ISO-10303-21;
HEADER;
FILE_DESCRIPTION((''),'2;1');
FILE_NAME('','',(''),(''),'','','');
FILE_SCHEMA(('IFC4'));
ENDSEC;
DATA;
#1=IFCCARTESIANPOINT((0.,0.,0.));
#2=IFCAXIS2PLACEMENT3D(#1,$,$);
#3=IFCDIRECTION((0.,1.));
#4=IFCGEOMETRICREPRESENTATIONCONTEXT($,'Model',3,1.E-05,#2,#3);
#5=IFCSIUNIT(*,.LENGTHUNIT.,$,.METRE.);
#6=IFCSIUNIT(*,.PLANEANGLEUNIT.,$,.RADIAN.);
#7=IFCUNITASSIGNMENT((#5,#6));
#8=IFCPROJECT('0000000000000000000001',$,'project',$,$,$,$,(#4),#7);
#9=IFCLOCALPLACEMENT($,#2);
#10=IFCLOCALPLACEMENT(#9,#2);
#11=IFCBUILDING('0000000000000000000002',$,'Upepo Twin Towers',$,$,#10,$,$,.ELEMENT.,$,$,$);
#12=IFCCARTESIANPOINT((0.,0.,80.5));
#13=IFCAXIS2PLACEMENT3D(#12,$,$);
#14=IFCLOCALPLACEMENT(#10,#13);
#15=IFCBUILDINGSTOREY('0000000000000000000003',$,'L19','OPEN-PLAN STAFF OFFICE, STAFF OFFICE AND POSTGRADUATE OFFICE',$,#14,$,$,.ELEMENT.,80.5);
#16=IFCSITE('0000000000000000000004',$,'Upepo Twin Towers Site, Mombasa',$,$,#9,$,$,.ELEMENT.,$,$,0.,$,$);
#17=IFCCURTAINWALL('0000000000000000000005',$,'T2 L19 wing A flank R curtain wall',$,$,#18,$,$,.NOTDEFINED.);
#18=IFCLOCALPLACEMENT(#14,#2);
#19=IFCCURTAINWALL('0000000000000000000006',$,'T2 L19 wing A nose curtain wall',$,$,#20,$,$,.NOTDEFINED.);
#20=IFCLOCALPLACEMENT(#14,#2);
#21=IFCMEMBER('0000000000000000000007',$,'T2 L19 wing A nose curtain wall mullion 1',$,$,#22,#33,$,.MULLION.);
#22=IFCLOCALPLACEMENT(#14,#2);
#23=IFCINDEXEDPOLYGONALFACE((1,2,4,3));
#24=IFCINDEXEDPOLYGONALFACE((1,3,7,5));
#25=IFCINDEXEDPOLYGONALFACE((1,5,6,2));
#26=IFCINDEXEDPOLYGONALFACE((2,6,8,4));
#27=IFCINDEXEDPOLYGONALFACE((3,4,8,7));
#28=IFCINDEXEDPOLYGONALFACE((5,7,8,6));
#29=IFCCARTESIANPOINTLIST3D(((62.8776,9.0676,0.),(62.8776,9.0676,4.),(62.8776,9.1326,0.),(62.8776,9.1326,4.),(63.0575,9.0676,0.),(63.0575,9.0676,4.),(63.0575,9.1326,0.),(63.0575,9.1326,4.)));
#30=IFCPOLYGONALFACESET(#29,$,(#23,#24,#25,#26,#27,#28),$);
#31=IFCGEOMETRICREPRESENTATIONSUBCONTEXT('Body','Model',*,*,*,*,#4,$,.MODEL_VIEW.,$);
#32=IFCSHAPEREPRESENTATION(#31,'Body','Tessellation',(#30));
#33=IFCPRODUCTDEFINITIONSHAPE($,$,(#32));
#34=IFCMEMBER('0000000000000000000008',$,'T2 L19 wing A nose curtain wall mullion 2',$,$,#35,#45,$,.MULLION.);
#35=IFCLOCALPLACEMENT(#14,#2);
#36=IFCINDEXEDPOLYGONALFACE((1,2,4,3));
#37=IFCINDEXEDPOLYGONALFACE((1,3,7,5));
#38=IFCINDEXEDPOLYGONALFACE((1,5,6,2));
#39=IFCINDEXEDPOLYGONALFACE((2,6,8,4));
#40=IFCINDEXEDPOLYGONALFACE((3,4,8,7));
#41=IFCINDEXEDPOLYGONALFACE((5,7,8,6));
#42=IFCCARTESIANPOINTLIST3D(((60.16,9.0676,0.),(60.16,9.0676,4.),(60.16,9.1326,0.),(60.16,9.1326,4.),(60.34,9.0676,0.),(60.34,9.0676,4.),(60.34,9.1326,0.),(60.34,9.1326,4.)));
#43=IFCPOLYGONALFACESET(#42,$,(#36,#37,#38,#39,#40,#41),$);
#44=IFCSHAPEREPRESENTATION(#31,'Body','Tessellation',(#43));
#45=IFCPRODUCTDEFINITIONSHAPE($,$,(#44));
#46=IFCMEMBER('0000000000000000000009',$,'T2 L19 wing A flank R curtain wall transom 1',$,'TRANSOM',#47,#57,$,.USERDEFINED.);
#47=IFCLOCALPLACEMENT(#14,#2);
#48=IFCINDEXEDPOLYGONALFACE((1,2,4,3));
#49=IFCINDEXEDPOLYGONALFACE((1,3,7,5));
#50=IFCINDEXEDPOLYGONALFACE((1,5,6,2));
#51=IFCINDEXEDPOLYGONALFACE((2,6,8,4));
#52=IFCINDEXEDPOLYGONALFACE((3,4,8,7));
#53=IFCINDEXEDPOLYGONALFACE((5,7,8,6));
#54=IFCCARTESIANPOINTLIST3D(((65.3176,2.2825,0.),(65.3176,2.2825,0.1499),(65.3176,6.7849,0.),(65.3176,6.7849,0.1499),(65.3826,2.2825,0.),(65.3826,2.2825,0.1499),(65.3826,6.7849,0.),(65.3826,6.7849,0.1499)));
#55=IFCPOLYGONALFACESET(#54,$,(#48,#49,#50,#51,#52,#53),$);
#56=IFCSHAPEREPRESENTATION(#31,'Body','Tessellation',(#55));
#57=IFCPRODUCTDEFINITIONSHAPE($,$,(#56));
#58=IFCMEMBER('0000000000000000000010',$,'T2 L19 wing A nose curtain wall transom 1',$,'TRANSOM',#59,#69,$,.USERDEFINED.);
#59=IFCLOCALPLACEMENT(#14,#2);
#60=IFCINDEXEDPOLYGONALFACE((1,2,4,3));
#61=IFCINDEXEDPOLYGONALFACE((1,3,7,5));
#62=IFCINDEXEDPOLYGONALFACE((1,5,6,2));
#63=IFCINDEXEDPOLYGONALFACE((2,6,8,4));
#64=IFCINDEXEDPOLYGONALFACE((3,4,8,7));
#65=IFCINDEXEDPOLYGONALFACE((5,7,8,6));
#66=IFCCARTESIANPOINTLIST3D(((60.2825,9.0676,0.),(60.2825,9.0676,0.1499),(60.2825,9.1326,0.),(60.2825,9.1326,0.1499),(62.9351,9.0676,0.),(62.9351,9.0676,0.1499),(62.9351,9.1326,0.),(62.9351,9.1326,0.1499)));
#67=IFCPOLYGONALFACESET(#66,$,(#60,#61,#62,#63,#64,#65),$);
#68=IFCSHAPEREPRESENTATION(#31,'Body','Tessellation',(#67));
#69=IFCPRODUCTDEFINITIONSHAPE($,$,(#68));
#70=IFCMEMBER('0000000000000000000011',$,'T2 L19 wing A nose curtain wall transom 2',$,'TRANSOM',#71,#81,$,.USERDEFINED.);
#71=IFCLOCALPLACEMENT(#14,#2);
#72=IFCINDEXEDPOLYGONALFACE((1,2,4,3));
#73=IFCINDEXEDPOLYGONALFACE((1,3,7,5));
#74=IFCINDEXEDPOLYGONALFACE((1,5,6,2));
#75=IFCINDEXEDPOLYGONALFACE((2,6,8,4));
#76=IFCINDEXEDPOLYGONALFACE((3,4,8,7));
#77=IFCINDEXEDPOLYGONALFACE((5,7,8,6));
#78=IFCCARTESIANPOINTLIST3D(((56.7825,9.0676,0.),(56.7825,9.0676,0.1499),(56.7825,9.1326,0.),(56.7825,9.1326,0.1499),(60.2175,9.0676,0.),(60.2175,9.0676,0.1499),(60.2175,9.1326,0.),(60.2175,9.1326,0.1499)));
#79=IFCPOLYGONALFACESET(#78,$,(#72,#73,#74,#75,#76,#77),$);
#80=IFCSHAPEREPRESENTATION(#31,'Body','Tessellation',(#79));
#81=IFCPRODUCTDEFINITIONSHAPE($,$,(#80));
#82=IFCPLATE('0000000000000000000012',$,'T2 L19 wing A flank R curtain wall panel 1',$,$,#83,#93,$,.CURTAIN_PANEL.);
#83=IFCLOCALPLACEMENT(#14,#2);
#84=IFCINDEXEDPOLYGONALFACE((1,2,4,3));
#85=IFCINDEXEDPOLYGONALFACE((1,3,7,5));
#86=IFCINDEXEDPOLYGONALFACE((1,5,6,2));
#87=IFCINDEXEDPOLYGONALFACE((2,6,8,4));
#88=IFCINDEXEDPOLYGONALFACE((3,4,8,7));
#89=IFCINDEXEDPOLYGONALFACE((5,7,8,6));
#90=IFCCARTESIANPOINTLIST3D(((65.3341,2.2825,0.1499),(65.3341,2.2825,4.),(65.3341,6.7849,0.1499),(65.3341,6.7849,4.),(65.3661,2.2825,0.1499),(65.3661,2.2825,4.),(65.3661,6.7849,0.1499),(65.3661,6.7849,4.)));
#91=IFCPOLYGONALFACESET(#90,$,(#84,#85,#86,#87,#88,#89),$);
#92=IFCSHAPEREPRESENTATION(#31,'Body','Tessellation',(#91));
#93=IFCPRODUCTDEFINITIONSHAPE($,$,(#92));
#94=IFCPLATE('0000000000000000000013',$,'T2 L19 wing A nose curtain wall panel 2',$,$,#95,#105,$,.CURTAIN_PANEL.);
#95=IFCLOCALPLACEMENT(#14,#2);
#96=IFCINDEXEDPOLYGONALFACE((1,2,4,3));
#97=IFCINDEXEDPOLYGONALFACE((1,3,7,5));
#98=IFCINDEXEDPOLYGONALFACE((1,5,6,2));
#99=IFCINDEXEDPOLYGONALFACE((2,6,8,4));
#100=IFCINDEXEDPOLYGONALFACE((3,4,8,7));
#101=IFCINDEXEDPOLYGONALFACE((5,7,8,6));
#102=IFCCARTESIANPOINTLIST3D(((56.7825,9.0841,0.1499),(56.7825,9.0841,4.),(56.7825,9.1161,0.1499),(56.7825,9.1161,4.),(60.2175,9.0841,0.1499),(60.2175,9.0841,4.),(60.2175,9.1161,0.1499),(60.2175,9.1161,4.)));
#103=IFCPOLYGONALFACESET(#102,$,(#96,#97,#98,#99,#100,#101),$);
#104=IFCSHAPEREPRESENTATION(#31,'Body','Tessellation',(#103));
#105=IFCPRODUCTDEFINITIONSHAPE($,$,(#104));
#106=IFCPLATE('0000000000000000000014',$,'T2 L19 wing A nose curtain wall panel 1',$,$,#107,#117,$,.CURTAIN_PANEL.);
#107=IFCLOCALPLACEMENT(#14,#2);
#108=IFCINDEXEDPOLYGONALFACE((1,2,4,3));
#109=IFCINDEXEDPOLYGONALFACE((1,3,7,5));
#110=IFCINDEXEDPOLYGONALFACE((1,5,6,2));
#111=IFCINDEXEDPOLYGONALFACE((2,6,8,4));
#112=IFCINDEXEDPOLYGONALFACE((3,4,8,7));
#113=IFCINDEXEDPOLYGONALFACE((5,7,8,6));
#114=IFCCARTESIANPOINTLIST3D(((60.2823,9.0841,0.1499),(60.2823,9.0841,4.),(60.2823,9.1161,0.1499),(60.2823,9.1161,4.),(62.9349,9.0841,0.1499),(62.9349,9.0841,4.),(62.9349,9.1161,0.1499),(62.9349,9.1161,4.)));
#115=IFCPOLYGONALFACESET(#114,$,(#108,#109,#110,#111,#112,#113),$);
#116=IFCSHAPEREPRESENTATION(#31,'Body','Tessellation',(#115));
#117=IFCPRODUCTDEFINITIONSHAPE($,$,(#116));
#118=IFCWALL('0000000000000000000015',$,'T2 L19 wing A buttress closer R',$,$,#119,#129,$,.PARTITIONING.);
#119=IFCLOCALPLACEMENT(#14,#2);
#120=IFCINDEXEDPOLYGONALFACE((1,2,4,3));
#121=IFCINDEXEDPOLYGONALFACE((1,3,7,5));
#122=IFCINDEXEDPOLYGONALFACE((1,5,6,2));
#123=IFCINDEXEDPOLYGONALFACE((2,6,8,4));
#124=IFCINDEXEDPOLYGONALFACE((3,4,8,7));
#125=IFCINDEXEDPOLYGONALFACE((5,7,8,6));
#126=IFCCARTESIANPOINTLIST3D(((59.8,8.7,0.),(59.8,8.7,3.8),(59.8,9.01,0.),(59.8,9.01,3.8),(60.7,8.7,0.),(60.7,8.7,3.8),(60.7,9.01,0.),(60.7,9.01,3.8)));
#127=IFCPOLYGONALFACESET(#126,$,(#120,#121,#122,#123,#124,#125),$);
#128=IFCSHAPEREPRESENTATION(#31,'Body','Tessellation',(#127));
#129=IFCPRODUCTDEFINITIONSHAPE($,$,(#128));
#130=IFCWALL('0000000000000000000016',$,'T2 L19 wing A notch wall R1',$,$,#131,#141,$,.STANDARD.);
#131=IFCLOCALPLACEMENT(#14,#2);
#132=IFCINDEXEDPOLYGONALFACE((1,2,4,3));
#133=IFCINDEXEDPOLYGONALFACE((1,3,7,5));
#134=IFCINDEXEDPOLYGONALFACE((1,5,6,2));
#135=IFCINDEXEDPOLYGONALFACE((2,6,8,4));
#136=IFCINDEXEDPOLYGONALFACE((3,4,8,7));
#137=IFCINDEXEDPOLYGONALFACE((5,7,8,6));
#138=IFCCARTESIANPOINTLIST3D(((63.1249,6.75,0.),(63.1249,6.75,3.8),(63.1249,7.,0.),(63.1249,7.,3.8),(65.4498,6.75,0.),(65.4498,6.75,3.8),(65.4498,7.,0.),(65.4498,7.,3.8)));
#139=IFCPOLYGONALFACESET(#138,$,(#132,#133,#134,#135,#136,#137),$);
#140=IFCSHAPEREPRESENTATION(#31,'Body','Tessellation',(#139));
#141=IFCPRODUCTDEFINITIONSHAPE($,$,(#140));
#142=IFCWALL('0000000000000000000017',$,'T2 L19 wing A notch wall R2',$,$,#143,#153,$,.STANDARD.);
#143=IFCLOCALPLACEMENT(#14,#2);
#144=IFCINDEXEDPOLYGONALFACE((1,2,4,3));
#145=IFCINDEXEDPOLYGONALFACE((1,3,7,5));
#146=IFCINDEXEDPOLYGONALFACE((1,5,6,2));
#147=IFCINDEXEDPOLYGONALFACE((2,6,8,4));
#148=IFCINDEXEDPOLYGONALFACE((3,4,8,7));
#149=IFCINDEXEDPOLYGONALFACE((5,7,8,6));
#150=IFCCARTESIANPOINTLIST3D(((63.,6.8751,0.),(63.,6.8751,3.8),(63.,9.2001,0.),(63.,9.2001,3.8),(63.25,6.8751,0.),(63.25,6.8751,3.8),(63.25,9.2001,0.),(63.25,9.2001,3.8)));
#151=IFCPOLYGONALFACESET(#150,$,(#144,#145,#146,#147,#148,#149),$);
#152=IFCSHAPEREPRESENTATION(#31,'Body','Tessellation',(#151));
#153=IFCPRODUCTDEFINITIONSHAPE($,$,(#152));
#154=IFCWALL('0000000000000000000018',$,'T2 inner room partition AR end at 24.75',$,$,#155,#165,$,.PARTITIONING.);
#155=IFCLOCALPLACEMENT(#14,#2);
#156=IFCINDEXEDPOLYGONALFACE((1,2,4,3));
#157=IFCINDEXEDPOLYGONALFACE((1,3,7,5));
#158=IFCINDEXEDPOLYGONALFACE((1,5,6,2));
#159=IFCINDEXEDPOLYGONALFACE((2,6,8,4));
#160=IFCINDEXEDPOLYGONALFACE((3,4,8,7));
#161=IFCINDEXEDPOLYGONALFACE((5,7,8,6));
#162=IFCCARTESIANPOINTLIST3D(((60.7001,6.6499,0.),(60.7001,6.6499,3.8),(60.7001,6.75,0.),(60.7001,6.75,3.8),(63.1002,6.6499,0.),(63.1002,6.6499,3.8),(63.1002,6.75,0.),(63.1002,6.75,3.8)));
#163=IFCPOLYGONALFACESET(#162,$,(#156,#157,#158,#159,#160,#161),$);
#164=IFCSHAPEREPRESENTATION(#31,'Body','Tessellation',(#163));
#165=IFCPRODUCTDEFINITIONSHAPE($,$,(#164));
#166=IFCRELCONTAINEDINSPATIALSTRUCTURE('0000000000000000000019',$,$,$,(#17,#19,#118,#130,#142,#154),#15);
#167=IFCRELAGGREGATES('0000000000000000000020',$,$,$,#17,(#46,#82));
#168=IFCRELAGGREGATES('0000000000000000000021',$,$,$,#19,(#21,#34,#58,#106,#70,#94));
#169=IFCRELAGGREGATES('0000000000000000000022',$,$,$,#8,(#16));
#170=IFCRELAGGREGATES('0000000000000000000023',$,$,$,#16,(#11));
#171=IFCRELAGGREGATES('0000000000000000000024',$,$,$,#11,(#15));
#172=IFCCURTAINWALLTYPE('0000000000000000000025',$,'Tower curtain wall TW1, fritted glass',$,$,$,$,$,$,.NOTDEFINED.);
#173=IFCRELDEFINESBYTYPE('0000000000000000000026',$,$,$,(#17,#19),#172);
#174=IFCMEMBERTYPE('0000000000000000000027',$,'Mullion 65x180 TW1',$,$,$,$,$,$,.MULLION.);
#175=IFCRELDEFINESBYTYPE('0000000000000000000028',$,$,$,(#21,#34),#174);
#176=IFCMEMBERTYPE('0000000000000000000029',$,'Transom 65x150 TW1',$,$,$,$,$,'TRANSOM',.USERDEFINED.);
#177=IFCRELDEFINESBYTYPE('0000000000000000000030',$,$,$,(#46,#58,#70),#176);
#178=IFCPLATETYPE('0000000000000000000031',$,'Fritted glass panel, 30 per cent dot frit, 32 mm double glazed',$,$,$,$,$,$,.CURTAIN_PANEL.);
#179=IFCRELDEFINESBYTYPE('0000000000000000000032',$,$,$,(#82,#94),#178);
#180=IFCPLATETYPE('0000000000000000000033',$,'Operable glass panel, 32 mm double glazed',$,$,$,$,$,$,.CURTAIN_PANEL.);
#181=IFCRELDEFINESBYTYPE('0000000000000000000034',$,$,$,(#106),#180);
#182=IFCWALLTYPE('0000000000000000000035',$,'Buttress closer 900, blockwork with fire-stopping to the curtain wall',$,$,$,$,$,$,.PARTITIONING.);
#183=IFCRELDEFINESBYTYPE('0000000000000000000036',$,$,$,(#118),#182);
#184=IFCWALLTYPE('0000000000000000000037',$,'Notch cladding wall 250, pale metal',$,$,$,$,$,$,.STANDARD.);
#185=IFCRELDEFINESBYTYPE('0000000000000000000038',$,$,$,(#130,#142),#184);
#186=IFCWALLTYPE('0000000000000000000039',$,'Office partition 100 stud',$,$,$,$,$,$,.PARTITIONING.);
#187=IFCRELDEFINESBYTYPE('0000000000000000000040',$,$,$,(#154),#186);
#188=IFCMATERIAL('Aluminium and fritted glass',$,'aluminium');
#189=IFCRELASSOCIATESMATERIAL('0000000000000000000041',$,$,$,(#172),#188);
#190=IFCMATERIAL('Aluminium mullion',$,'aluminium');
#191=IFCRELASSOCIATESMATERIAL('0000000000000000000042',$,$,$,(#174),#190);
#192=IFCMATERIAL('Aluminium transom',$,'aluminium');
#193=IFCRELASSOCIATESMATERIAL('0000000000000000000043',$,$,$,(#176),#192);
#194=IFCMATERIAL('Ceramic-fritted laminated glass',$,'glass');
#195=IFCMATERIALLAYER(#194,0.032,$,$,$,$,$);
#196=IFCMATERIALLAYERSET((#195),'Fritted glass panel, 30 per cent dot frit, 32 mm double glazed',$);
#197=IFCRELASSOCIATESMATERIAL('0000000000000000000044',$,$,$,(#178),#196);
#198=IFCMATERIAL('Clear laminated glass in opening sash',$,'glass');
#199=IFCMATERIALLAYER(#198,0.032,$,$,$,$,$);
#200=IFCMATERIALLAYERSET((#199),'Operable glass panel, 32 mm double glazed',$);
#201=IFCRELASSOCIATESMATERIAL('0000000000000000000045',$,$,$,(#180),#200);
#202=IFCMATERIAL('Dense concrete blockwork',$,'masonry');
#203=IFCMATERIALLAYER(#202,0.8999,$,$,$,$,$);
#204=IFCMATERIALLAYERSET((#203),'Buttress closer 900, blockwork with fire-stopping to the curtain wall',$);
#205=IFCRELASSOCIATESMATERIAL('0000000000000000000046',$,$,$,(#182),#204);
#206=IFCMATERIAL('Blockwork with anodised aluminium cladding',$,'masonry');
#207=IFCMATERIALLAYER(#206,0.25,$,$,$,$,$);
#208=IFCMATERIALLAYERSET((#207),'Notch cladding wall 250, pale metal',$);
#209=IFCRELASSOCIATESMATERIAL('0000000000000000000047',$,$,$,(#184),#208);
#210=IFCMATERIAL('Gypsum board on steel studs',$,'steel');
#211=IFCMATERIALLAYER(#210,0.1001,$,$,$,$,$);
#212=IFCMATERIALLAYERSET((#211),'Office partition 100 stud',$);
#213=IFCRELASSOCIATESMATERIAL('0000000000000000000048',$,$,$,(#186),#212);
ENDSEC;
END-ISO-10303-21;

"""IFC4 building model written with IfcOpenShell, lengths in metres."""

from ifc_helpers import new_model, si_unit, direction, frame, frame_2d, origin, origin_2d, place, context, subcontext, project, spatial, rectangle, extrude, material, layer, layer_set, material_profile, profile_set, type_object, element, aggregate, save


model = new_model("IFC4")

# Units and contexts
model_context = context("Model", 3, precision=1e-05, world=origin(), true_north=direction((0.0, 1.0)))
body_context = subcontext(model_context, "Body", "Model", "MODEL_VIEW")
ifc_project = project(units=[si_unit("LENGTHUNIT", "METRE"), si_unit("PLANEANGLEUNIT", "RADIAN")], contexts=[model_context])

# Site, building, storey
site_placement = place(None, origin())
site = spatial("IfcSite", under=ifc_project, at=site_placement, Name="Upepo Twin Towers Site, Mombasa", CompositionType="ELEMENT", RefElevation=0.0)
building_placement = place(site_placement, origin())
building = spatial("IfcBuilding", under=site, at=building_placement, Name="Upepo Twin Towers", CompositionType="ELEMENT")
storey_placement = place(building_placement, frame((0.0, 0.0, 80.5)))
storey = spatial("IfcBuildingStorey", under=building, at=storey_placement, Name="L19", Description="OPEN-PLAN STAFF OFFICE, STAFF OFFICE AND POSTGRADUATE OFFICE", CompositionType="ELEMENT", Elevation=80.5)

# Curtain wall
ifc_material_1 = material(Name="Aluminium and fritted glass", Category="aluminium")
curtain_wall_type = type_object("IfcCurtainWallType", Name="Tower curtain wall TW1, fritted glass", PredefinedType="NOTDEFINED", material=ifc_material_1)
curtain_wall_1_placement = place(storey_placement, origin())
curtain_wall_1 = element("IfcCurtainWall", 1, at=curtain_wall_1_placement, inside=storey, type_object=curtain_wall_type, Name="T2 L19 wing A flank R curtain wall", PredefinedType="NOTDEFINED")
ifc_material_2 = material(Name="Aluminium mullion", Category="aluminium")
ifc_material_profile_1 = material_profile(ifc_material_2, rectangle(XDim=0.0649, YDim=0.1799, at=origin_2d()), Name="MULLION 65x180")
ifc_profile_set_1 = profile_set([ifc_material_profile_1], Name="Aluminium mullion")
member_type_1 = type_object("IfcMemberType", Name="Mullion 65x180 TW1", PredefinedType="MULLION", material=ifc_profile_set_1)

# Curtain wall, members
curtain_wall_2_placement = place(storey_placement, origin())
curtain_wall_2 = element("IfcCurtainWall", 2, at=curtain_wall_2_placement, inside=storey, type_object=curtain_wall_type, Name="T2 L19 wing A nose curtain wall", PredefinedType="NOTDEFINED")
member_1_placement = place(storey_placement, frame((62.9675, 9.1001, 0.0), z_axis=(0.0, 0.0, 1.0), x_axis=(0.0, -1.0, 0.0)))
member_1 = element("IfcMember", 3, at=member_1_placement, type_object=member_type_1, Name="T2 L19 wing A nose curtain wall mullion 1", PredefinedType="MULLION", context=body_context, shape_type="SweptSolid", body=[
    extrude(rectangle(XDim=0.0649, YDim=0.1799, at=origin_2d()), origin(), (0.0, 0.0, 1.0), 4.0),
])
member_2_placement = place(storey_placement, frame((60.25, 9.1001, 0.0), z_axis=(0.0, 0.0, 1.0), x_axis=(0.0, -1.0, 0.0)))
member_2 = element("IfcMember", 4, at=member_2_placement, type_object=member_type_1, Name="T2 L19 wing A nose curtain wall mullion 2", PredefinedType="MULLION", context=body_context, shape_type="SweptSolid", body=[
    extrude(rectangle(XDim=0.0649, YDim=0.1799, at=origin_2d()), origin(), (0.0, 0.0, 1.0), 4.0),
])

# Members
ifc_material_3 = material(Name="Aluminium transom", Category="aluminium")
ifc_material_profile_2 = material_profile(ifc_material_3, rectangle(XDim=0.0649, YDim=0.1499, at=origin_2d()), Name="TRANSOM 65x150")
ifc_profile_set_2 = profile_set([ifc_material_profile_2], Name="Aluminium transom")
member_type_2 = type_object("IfcMemberType", Name="Transom 65x150 TW1", ElementType="TRANSOM", PredefinedType="USERDEFINED", material=ifc_profile_set_2)
member_3_placement = place(storey_placement, frame((65.3501, 6.7849, 0.075), z_axis=(0.0, -1.0, 0.0), x_axis=(1.0, 0.0, 0.0)))
member_3 = element("IfcMember", 5, at=member_3_placement, type_object=member_type_2, Name="T2 L19 wing A flank R curtain wall transom 1", ObjectType="TRANSOM", PredefinedType="USERDEFINED", context=body_context, shape_type="SweptSolid", body=[
    extrude(rectangle(XDim=0.0649, YDim=0.1499, at=origin_2d()), origin(), (0.0, 0.0, 1.0), 4.5024),
])
member_4_placement = place(storey_placement, frame((62.9351, 9.1001, 0.075), z_axis=(-1.0, 0.0, 0.0), x_axis=(0.0, -1.0, 0.0)))
member_4 = element("IfcMember", 6, at=member_4_placement, type_object=member_type_2, Name="T2 L19 wing A nose curtain wall transom 1", ObjectType="TRANSOM", PredefinedType="USERDEFINED", context=body_context, shape_type="SweptSolid", body=[
    extrude(rectangle(XDim=0.0649, YDim=0.1499, at=origin_2d()), origin(), (0.0, 0.0, 1.0), 2.6526),
])
member_5_placement = place(storey_placement, frame((60.2175, 9.1001, 0.075), z_axis=(-1.0, 0.0, 0.0), x_axis=(0.0, -1.0, 0.0)))
member_5 = element("IfcMember", 7, at=member_5_placement, type_object=member_type_2, Name="T2 L19 wing A nose curtain wall transom 2", ObjectType="TRANSOM", PredefinedType="USERDEFINED", context=body_context, shape_type="SweptSolid", body=[
    extrude(rectangle(XDim=0.0649, YDim=0.1499, at=origin_2d()), origin(), (0.0, 0.0, 1.0), 3.4351),
])

# Plates
ifc_material_4 = material(Name="Ceramic-fritted laminated glass", Category="glass")
ifc_layer_1 = layer(ifc_material_4, 0.032)
ifc_layer_set_1 = layer_set([ifc_layer_1], Name="Fritted glass panel, 30 per cent dot frit, 32 mm double glazed")
plate_type_1 = type_object("IfcPlateType", Name="Fritted glass panel, 30 per cent dot frit, 32 mm double glazed", PredefinedType="CURTAIN_PANEL", material=ifc_layer_set_1)
plate_1_placement = place(storey_placement, frame((65.3501, 4.5337, 0.1499), z_axis=(0.0, 0.0, 1.0), x_axis=(0.0, -1.0, 0.0)))
plate_1 = element("IfcPlate", 8, at=plate_1_placement, type_object=plate_type_1, Name="T2 L19 wing A flank R curtain wall panel 1", PredefinedType="CURTAIN_PANEL", context=body_context, shape_type="SweptSolid", body=[
    extrude(rectangle(XDim=4.5024, YDim=0.032, at=origin_2d()), origin(), (0.0, 0.0, 1.0), 3.8501),
])
aggregate(curtain_wall_1, [member_3, plate_1])
plate_2_placement = place(storey_placement, frame((58.5, 9.1001, 0.1499), z_axis=(0.0, 0.0, 1.0), x_axis=(-1.0, 0.0, 0.0)))
plate_2 = element("IfcPlate", 9, at=plate_2_placement, type_object=plate_type_1, Name="T2 L19 wing A nose curtain wall panel 2", PredefinedType="CURTAIN_PANEL", context=body_context, shape_type="SweptSolid", body=[
    extrude(rectangle(XDim=3.4351, YDim=0.032, at=origin_2d()), origin(), (0.0, 0.0, 1.0), 3.8501),
])
ifc_material_5 = material(Name="Clear laminated glass in opening sash", Category="glass")
ifc_layer_2 = layer(ifc_material_5, 0.032)
ifc_layer_set_2 = layer_set([ifc_layer_2], Name="Operable glass panel, 32 mm double glazed")
plate_type_2 = type_object("IfcPlateType", Name="Operable glass panel, 32 mm double glazed", PredefinedType="CURTAIN_PANEL", material=ifc_layer_set_2)
plate_3_placement = place(storey_placement, frame((61.6086, 9.1001, 0.1499), z_axis=(0.0, 0.0, 1.0), x_axis=(-1.0, 0.0, 0.0)))
plate_3 = element("IfcPlate", 10, at=plate_3_placement, type_object=plate_type_2, Name="T2 L19 wing A nose curtain wall panel 1", PredefinedType="CURTAIN_PANEL", context=body_context, shape_type="SweptSolid", body=[
    extrude(rectangle(XDim=2.6526, YDim=0.032, at=origin_2d()), origin(), (0.0, 0.0, 1.0), 3.8501),
])
aggregate(curtain_wall_2, [member_1, member_2, member_4, plate_3, member_5, plate_2])

# Walls
ifc_material_6 = material(Name="Dense concrete blockwork", Category="masonry")
ifc_layer_3 = layer(ifc_material_6, 0.8999)
ifc_layer_set_3 = layer_set([ifc_layer_3], Name="Buttress closer 900, blockwork with fire-stopping to the curtain wall")
wall_type_1 = type_object("IfcWallType", Name="Buttress closer 900, blockwork with fire-stopping to the curtain wall", PredefinedType="PARTITIONING", material=ifc_layer_set_3)
wall_1_placement = place(storey_placement, frame((60.25, 8.7, 0.0), z_axis=(0.0, 0.0, 1.0), x_axis=(0.0, 1.0, 0.0)))
element("IfcWall", 11, at=wall_1_placement, inside=storey, type_object=wall_type_1, Name="T2 L19 wing A buttress closer R", PredefinedType="PARTITIONING", context=body_context, shape_type="SweptSolid", body=[
    extrude(rectangle(XDim=0.3101, YDim=0.8999, at=frame_2d((0.155, 0.0))), origin(), (0.0, 0.0, 1.0), 3.8),
])
ifc_material_7 = material(Name="Blockwork with anodised aluminium cladding", Category="masonry")
ifc_layer_4 = layer(ifc_material_7, 0.25)
ifc_layer_set_4 = layer_set([ifc_layer_4], Name="Notch cladding wall 250, pale metal")
wall_type_2 = type_object("IfcWallType", Name="Notch cladding wall 250, pale metal", PredefinedType="STANDARD", material=ifc_layer_set_4)
for number, where, z_axis, x_axis, name in (
    (12, (65.45, 6.875, 0.0), (0.0, 0.0, 1.0), (-1.0, 0.0, 0.0), "T2 L19 wing A notch wall R1"),
    (13, (63.125, 6.875, 0.0), (0.0, 0.0, 1.0), (0.0, 1.0, 0.0), "T2 L19 wing A notch wall R2"),
):
    element("IfcWall", number, at=place(storey_placement, frame(where, z_axis=z_axis, x_axis=x_axis)), inside=storey, type_object=wall_type_2, Name=name, PredefinedType="STANDARD", context=body_context, shape_type="SweptSolid", body=[
        extrude(rectangle(XDim=2.325, YDim=0.25, at=frame_2d((1.1626, 0.0))), origin(), (0.0, 0.0, 1.0), 3.8),
    ])
ifc_material_8 = material(Name="Gypsum board on steel studs", Category="steel")
ifc_layer_5 = layer(ifc_material_8, 0.1001)
ifc_layer_set_5 = layer_set([ifc_layer_5], Name="Office partition 100 stud")
wall_type_3 = type_object("IfcWallType", Name="Office partition 100 stud", PredefinedType="PARTITIONING", material=ifc_layer_set_5)
wall_2_placement = place(storey_placement, frame((60.7, 6.7, 0.0), z_axis=(0.0, 0.0, 1.0), x_axis=(1.0, 0.0, 0.0)))
element("IfcWall", 14, at=wall_2_placement, inside=storey, type_object=wall_type_3, Name="T2 inner room partition AR end at 24.75", PredefinedType="PARTITIONING", context=body_context, shape_type="SweptSolid", body=[
    extrude(rectangle(XDim=2.4001, YDim=0.1001, at=frame_2d((1.2002, 0.0))), origin(), (0.0, 0.0, 1.0), 3.8),
])

save(model, "model.ifc")
